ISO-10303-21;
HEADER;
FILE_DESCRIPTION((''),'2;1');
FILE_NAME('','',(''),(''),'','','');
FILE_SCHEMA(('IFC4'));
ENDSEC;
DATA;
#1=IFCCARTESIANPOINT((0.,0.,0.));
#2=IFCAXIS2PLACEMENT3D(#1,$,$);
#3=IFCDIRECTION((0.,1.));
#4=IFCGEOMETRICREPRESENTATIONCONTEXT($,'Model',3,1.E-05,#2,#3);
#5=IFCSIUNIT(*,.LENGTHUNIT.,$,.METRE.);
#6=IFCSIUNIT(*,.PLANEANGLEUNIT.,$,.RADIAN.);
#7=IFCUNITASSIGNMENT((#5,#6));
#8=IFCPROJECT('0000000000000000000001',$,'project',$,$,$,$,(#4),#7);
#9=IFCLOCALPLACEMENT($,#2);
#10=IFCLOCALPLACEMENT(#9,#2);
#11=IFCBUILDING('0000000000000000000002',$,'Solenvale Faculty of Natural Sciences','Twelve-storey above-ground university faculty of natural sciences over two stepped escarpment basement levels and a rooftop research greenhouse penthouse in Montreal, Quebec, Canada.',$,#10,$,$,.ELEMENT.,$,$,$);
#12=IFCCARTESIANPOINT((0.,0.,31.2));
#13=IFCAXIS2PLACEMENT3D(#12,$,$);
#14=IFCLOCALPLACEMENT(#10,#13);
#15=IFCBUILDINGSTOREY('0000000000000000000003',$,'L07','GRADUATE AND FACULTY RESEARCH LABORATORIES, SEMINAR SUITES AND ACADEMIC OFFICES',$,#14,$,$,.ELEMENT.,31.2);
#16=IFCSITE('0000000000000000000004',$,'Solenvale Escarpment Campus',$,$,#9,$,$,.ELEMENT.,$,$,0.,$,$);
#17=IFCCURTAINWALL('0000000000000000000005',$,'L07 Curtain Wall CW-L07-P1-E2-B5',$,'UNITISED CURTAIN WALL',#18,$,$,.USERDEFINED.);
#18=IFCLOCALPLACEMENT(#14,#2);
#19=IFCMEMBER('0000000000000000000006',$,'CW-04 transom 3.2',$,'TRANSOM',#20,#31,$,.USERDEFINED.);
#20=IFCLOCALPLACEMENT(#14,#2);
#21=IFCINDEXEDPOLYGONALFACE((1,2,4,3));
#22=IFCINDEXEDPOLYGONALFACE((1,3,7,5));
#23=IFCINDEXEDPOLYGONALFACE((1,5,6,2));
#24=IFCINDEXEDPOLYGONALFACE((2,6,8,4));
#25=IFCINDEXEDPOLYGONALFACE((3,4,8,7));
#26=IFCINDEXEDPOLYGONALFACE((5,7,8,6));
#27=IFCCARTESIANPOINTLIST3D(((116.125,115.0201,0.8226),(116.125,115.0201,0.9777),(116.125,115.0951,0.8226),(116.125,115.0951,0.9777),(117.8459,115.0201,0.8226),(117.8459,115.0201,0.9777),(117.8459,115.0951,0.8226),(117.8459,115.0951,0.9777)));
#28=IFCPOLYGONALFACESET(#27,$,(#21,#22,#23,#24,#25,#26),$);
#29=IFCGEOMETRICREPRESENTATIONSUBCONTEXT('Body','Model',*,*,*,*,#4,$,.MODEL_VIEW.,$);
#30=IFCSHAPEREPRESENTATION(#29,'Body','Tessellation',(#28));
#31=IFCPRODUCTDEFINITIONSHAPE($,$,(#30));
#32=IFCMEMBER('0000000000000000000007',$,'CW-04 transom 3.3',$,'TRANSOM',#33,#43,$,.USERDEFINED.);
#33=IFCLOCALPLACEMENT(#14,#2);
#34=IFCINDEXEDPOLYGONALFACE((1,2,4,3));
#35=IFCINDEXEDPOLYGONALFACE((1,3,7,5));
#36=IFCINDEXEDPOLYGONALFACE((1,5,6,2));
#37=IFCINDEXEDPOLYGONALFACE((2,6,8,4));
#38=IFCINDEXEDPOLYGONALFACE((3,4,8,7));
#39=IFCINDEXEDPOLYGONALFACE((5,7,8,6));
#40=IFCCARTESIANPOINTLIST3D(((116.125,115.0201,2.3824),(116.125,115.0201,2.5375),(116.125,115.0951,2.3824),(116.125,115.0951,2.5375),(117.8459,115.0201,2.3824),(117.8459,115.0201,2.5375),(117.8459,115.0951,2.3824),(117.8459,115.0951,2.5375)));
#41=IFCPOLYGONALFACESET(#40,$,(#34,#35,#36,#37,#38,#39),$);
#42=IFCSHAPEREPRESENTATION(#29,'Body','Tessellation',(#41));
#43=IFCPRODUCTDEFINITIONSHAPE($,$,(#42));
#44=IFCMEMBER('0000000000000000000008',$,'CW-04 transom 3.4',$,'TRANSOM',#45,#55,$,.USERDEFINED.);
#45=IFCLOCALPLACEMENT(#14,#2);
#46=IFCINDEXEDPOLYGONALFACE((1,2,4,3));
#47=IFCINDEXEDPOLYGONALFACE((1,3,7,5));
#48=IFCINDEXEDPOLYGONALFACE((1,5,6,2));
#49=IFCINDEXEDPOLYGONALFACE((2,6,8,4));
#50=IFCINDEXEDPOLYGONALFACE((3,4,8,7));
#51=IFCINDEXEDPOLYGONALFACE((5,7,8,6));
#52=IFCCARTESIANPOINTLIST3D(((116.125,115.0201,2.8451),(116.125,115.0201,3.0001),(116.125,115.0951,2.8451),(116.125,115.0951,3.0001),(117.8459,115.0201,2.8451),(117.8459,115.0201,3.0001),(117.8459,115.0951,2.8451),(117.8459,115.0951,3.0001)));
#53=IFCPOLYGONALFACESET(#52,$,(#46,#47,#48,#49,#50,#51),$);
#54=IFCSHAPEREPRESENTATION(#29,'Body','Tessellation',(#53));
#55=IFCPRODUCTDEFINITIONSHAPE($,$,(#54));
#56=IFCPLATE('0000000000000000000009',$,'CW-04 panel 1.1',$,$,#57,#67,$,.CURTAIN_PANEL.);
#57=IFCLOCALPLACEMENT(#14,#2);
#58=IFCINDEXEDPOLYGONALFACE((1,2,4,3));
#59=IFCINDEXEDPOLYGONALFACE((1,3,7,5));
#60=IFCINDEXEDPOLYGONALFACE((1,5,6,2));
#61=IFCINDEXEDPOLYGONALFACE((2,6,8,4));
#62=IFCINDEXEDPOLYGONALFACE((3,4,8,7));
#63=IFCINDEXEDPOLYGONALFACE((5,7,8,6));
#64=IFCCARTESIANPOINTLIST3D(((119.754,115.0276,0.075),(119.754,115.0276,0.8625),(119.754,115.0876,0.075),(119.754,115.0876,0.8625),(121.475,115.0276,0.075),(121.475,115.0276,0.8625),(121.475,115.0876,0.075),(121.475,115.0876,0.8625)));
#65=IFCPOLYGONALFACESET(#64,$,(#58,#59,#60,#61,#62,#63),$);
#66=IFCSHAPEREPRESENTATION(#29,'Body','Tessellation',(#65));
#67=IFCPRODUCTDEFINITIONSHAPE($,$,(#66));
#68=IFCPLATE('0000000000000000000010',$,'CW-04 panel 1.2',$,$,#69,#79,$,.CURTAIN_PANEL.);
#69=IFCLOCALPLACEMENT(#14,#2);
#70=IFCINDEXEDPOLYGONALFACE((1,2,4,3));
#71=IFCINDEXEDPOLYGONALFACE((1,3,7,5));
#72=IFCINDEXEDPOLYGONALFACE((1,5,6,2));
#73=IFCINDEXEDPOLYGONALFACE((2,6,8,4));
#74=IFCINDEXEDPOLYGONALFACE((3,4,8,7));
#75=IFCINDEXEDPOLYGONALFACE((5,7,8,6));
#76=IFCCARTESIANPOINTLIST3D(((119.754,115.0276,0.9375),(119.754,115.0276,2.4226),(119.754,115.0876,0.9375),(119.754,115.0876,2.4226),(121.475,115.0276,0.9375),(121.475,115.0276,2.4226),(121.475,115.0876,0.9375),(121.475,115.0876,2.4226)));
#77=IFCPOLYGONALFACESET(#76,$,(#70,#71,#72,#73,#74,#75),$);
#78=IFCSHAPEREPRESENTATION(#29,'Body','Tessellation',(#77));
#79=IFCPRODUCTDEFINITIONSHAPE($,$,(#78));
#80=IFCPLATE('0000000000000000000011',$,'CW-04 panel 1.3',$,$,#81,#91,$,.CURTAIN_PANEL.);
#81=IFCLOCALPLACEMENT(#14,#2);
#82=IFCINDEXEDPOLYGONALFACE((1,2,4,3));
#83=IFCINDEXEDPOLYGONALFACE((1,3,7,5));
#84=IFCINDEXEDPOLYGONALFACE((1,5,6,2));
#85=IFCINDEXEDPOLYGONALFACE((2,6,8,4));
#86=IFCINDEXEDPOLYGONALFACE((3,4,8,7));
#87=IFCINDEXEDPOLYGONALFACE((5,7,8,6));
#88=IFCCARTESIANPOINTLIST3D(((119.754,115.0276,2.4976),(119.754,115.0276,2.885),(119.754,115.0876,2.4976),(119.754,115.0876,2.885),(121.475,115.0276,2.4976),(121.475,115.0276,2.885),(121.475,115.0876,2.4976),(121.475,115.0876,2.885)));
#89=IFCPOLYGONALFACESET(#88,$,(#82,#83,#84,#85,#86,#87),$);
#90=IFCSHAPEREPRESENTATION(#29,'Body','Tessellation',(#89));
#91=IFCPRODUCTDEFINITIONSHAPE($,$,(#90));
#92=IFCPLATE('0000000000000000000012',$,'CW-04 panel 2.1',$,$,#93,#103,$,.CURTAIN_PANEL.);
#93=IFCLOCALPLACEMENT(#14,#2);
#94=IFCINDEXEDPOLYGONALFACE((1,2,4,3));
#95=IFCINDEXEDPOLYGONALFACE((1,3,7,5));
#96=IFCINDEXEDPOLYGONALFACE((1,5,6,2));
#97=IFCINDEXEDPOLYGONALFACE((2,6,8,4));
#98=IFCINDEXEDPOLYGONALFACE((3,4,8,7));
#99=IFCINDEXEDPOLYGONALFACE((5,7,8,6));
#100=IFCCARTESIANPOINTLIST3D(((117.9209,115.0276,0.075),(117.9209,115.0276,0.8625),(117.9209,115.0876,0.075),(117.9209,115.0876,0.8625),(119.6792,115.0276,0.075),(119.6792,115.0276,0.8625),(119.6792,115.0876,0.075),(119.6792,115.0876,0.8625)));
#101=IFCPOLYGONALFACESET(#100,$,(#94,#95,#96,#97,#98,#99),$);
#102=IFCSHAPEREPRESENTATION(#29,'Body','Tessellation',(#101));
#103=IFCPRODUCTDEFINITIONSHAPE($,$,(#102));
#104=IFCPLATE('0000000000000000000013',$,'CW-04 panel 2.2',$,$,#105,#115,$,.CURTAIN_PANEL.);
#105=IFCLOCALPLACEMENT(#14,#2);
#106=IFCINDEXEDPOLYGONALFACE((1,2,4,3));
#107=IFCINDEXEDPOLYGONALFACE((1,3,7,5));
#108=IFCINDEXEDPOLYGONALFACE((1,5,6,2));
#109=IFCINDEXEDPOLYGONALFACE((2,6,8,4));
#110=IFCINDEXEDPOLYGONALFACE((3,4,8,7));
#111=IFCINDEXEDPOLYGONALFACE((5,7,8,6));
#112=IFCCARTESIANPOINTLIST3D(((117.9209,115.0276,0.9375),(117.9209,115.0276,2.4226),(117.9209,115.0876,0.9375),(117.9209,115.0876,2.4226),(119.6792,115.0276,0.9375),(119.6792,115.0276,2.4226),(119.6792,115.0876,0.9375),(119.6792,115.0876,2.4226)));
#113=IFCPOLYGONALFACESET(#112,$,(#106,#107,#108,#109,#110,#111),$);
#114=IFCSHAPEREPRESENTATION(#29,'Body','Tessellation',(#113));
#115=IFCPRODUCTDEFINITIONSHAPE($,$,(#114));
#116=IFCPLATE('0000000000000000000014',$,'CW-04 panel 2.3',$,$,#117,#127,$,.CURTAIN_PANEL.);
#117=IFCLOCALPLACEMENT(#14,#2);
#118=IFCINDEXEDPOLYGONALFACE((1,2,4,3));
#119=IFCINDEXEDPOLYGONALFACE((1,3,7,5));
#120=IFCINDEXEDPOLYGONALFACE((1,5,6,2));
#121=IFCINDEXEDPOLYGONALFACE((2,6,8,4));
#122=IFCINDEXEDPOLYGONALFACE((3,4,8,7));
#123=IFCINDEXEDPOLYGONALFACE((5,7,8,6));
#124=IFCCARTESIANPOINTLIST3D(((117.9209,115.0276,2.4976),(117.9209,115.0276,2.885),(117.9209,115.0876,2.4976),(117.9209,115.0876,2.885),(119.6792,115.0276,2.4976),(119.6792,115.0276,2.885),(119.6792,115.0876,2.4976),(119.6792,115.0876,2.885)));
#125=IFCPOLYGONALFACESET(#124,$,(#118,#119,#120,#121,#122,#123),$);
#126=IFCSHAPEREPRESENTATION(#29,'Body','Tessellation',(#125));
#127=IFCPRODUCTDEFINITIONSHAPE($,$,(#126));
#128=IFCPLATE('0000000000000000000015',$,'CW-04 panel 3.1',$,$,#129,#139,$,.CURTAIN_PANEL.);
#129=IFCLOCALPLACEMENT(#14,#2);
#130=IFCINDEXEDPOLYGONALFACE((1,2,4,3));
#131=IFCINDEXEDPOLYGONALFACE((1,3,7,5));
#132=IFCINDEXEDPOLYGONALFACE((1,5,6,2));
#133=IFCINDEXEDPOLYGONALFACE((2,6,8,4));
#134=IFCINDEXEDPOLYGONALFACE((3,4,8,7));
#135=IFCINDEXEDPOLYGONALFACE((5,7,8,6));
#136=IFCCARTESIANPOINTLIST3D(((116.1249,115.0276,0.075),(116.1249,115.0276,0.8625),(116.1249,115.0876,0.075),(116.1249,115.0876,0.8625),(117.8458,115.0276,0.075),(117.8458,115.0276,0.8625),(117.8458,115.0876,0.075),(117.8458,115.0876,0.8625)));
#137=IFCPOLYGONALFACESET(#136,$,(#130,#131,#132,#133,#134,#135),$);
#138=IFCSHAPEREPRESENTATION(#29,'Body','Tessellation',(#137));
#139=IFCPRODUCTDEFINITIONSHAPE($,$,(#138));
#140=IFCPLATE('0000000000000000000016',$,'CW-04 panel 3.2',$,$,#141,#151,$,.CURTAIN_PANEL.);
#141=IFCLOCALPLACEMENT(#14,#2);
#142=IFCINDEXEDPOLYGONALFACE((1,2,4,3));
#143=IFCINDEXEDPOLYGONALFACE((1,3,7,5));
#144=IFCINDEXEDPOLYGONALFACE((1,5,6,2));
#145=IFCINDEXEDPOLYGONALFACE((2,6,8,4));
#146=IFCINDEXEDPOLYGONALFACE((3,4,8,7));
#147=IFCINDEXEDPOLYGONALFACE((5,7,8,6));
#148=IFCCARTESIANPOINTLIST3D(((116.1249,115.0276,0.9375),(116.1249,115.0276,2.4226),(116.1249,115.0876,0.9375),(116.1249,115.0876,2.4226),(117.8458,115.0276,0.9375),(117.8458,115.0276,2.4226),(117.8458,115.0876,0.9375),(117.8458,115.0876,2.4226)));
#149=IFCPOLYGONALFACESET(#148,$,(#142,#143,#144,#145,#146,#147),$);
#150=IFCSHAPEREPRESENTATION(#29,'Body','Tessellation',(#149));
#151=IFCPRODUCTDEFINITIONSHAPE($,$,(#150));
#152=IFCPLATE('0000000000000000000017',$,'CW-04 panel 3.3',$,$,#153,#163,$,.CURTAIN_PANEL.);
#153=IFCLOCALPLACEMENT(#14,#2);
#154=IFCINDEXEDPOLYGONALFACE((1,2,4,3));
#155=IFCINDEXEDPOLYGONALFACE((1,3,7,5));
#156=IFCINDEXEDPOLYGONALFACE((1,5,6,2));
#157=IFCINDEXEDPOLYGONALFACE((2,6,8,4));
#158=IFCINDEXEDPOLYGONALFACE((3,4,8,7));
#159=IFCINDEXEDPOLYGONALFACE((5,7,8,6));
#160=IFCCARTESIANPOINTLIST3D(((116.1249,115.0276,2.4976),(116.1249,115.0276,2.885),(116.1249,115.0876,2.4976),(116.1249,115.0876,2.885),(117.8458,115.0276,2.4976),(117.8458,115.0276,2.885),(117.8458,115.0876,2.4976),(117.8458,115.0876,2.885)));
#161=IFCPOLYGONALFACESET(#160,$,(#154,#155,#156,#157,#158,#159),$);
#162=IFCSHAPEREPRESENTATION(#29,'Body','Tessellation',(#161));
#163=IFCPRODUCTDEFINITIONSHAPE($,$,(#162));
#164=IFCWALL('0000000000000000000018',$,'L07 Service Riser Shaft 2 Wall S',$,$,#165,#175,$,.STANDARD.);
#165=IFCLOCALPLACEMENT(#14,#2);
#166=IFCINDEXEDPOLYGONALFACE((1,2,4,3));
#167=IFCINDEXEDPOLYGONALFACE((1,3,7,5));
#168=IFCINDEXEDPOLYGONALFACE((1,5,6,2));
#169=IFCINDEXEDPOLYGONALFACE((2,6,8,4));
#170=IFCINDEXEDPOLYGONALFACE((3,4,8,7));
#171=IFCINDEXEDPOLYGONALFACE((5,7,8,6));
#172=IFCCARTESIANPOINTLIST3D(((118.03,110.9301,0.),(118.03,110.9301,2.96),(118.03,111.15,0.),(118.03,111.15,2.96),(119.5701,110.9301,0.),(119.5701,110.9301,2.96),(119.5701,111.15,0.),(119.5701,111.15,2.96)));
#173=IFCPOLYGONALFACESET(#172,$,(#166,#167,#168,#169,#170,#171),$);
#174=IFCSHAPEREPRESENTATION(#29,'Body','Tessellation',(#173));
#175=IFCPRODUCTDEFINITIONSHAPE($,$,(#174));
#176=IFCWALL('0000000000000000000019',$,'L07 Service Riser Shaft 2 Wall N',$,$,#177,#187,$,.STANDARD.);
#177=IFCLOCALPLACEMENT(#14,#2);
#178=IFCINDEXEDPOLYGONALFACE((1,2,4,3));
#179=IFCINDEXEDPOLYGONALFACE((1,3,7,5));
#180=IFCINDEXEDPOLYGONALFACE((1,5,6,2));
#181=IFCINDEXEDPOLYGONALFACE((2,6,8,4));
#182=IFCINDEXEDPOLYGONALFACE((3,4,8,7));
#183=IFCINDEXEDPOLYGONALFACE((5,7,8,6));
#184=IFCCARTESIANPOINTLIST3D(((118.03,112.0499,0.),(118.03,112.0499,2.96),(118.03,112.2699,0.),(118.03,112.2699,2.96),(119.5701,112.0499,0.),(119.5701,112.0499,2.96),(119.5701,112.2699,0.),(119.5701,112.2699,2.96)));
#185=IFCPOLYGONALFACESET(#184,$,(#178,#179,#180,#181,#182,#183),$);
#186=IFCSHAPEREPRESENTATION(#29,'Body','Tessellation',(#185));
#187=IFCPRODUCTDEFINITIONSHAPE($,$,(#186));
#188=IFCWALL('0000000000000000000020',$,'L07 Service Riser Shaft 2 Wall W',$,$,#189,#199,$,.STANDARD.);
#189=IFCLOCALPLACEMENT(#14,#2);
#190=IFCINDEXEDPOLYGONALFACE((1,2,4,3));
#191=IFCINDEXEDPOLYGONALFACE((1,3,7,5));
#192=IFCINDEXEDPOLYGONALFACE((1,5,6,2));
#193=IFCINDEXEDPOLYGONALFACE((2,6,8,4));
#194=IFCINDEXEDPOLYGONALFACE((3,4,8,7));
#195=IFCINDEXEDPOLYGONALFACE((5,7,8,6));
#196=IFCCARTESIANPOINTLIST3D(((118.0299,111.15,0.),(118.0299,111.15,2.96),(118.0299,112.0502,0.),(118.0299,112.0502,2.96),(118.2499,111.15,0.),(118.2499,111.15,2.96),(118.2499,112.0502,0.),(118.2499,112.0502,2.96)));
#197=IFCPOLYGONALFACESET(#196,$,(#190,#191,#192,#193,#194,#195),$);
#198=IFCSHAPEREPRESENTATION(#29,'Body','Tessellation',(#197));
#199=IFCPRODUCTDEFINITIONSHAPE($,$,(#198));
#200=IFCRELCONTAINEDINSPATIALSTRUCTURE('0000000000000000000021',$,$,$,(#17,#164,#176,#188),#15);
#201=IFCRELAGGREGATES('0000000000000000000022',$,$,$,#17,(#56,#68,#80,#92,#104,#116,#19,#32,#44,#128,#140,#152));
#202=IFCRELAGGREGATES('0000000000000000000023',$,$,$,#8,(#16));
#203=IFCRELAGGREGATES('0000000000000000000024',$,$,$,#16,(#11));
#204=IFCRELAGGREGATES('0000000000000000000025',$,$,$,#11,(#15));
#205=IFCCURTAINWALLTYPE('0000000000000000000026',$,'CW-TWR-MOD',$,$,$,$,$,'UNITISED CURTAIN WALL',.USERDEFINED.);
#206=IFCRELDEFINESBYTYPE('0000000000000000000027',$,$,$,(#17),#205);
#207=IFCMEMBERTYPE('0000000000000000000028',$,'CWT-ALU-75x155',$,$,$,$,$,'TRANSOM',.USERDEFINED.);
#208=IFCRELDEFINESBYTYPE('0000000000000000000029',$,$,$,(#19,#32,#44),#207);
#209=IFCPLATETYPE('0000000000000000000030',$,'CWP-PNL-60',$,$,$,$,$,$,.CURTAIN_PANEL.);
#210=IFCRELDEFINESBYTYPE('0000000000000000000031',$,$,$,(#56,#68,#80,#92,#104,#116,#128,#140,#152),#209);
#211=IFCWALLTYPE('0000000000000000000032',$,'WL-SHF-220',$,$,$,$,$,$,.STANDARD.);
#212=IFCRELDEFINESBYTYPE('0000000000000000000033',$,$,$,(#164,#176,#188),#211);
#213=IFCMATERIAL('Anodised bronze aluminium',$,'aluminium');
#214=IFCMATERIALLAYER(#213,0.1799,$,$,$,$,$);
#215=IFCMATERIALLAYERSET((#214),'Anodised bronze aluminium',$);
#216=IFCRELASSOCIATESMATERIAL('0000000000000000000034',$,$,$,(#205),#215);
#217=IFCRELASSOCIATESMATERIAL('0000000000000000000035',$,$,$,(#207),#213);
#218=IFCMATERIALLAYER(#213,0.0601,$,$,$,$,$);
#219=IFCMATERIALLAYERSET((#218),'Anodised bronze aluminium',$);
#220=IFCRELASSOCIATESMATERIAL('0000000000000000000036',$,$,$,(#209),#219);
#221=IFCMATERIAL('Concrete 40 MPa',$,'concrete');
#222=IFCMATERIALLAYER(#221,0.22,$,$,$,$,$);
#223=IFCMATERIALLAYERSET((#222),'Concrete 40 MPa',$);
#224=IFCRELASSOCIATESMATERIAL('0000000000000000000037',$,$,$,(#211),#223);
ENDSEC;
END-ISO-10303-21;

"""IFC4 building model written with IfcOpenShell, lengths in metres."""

from ifc_helpers import new_model, si_unit, direction, frame, frame_2d, origin, origin_2d, place, context, subcontext, project, spatial, rectangle, extrude, material, layer, layer_set, material_profile, profile_set, type_object, element, aggregate, save


model = new_model("IFC4")

# Units and contexts
model_context = context("Model", 3, precision=1e-05, world=origin(), true_north=direction((0.0, 1.0)))
body_context = subcontext(model_context, "Body", "Model", "MODEL_VIEW")
ifc_project = project(units=[si_unit("LENGTHUNIT", "METRE"), si_unit("PLANEANGLEUNIT", "RADIAN")], contexts=[model_context])

# Site, building, storey
site_placement = place(None, origin())
site = spatial("IfcSite", under=ifc_project, at=site_placement, Name="Solenvale Escarpment Campus", CompositionType="ELEMENT", RefElevation=0.0)
building_placement = place(site_placement, origin())
building = spatial("IfcBuilding", under=site, at=building_placement, Name="Solenvale Faculty of Natural Sciences", Description="Twelve-storey above-ground university faculty of natural sciences over two stepped escarpment basement levels and a rooftop research greenhouse penthouse in Montreal, Quebec, Canada.", CompositionType="ELEMENT")
storey_placement = place(building_placement, frame((0.0, 0.0, 31.2)))
storey = spatial("IfcBuildingStorey", under=building, at=storey_placement, Name="L07", Description="GRADUATE AND FACULTY RESEARCH LABORATORIES, SEMINAR SUITES AND ACADEMIC OFFICES", CompositionType="ELEMENT", Elevation=31.2)

# Shared definitions
ifc_material_1 = material(Name="Concrete 40 MPa", Category="concrete")

# Curtain wall, members, plates
ifc_material_2 = material(Name="Anodised bronze aluminium", Category="aluminium")
ifc_layer_1 = layer(ifc_material_2, 0.1799)
ifc_layer_set_1 = layer_set([ifc_layer_1], Name="Anodised bronze aluminium")
curtain_wall_type = type_object("IfcCurtainWallType", Name="CW-TWR-MOD", ElementType="UNITISED CURTAIN WALL", PredefinedType="USERDEFINED", material=ifc_layer_set_1)
curtain_wall_placement = place(storey_placement, origin())
curtain_wall = element("IfcCurtainWall", 1, at=curtain_wall_placement, inside=storey, type_object=curtain_wall_type, Name="L07 Curtain Wall CW-L07-P1-E2-B5", ObjectType="UNITISED CURTAIN WALL", PredefinedType="USERDEFINED")
ifc_material_profile_1 = material_profile(ifc_material_2, rectangle(XDim=0.075, YDim=0.155, at=origin_2d()), Name="ALU-TRN-75x155")
ifc_profile_set_1 = profile_set([ifc_material_profile_1], Name="Anodised bronze aluminium")
member_type_1 = type_object("IfcMemberType", Name="CWT-ALU-75x155", ElementType="TRANSOM", PredefinedType="USERDEFINED", material=ifc_profile_set_1)
member_1_placement = place(storey_placement, frame((117.8459, 115.0576, 0.9001), z_axis=(-1.0, 0.0, 0.0), x_axis=(0.0, -1.0, 0.0)))
member_1 = element("IfcMember", 2, at=member_1_placement, type_object=member_type_1, Name="CW-04 transom 3.2", ObjectType="TRANSOM", PredefinedType="USERDEFINED", context=body_context, shape_type="SweptSolid", body=[
    extrude(rectangle(XDim=0.075, YDim=0.155, at=origin_2d()), origin(), (0.0, 0.0, 1.0), 1.7209),
])
member_2_placement = place(storey_placement, frame((117.8459, 115.0576, 2.46), z_axis=(-1.0, 0.0, 0.0), x_axis=(0.0, -1.0, 0.0)))
member_2 = element("IfcMember", 3, at=member_2_placement, type_object=member_type_1, Name="CW-04 transom 3.3", ObjectType="TRANSOM", PredefinedType="USERDEFINED", context=body_context, shape_type="SweptSolid", body=[
    extrude(rectangle(XDim=0.075, YDim=0.155, at=origin_2d()), origin(), (0.0, 0.0, 1.0), 1.7209),
])
member_3_placement = place(storey_placement, frame((117.8459, 115.0576, 2.9226), z_axis=(-1.0, 0.0, 0.0), x_axis=(0.0, -1.0, 0.0)))
member_3 = element("IfcMember", 4, at=member_3_placement, type_object=member_type_1, Name="CW-04 transom 3.4", ObjectType="TRANSOM", PredefinedType="USERDEFINED", context=body_context, shape_type="SweptSolid", body=[
    extrude(rectangle(XDim=0.075, YDim=0.155, at=origin_2d()), origin(), (0.0, 0.0, 1.0), 1.7209),
])
ifc_layer_2 = layer(ifc_material_2, 0.0601)
ifc_layer_set_2 = layer_set([ifc_layer_2], Name="Anodised bronze aluminium")
plate_type = type_object("IfcPlateType", Name="CWP-PNL-60", PredefinedType="CURTAIN_PANEL", material=ifc_layer_set_2)
plate_1_placement = place(storey_placement, frame((120.6145, 115.0576, 0.075), z_axis=(0.0, 0.0, 1.0), x_axis=(-1.0, 0.0, 0.0)))
plate_1 = element("IfcPlate", 5, at=plate_1_placement, type_object=plate_type, Name="CW-04 panel 1.1", PredefinedType="CURTAIN_PANEL", context=body_context, shape_type="SweptSolid", body=[
    extrude(rectangle(XDim=1.7209, YDim=0.0601, at=origin_2d()), origin(), (0.0, 0.0, 1.0), 0.7876),
])
plate_2_placement = place(storey_placement, frame((120.6145, 115.0576, 0.9375), z_axis=(0.0, 0.0, 1.0), x_axis=(-1.0, 0.0, 0.0)))
plate_2 = element("IfcPlate", 6, at=plate_2_placement, type_object=plate_type, Name="CW-04 panel 1.2", PredefinedType="CURTAIN_PANEL", context=body_context, shape_type="SweptSolid", body=[
    extrude(rectangle(XDim=1.7209, YDim=0.0601, at=origin_2d()), origin(), (0.0, 0.0, 1.0), 1.4851),
])
plate_3_placement = place(storey_placement, frame((120.6145, 115.0576, 2.4976), z_axis=(0.0, 0.0, 1.0), x_axis=(-1.0, 0.0, 0.0)))
plate_3 = element("IfcPlate", 7, at=plate_3_placement, type_object=plate_type, Name="CW-04 panel 1.3", PredefinedType="CURTAIN_PANEL", context=body_context, shape_type="SweptSolid", body=[
    extrude(rectangle(XDim=1.7209, YDim=0.0601, at=origin_2d()), origin(), (0.0, 0.0, 1.0), 0.3875),
])
plate_4_placement = place(storey_placement, frame((118.8, 115.0576, 0.075), z_axis=(0.0, 0.0, 1.0), x_axis=(-1.0, 0.0, 0.0)))
plate_4 = element("IfcPlate", 8, at=plate_4_placement, type_object=plate_type, Name="CW-04 panel 2.1", PredefinedType="CURTAIN_PANEL", context=body_context, shape_type="SweptSolid", body=[
    extrude(rectangle(XDim=1.7583, YDim=0.0601, at=origin_2d()), origin(), (0.0, 0.0, 1.0), 0.7876),
])
plate_5_placement = place(storey_placement, frame((118.8, 115.0576, 0.9375), z_axis=(0.0, 0.0, 1.0), x_axis=(-1.0, 0.0, 0.0)))
plate_5 = element("IfcPlate", 9, at=plate_5_placement, type_object=plate_type, Name="CW-04 panel 2.2", PredefinedType="CURTAIN_PANEL", context=body_context, shape_type="SweptSolid", body=[
    extrude(rectangle(XDim=1.7583, YDim=0.0601, at=origin_2d()), origin(), (0.0, 0.0, 1.0), 1.4851),
])
plate_6_placement = place(storey_placement, frame((118.8, 115.0576, 2.4976), z_axis=(0.0, 0.0, 1.0), x_axis=(-1.0, 0.0, 0.0)))
plate_6 = element("IfcPlate", 10, at=plate_6_placement, type_object=plate_type, Name="CW-04 panel 2.3", PredefinedType="CURTAIN_PANEL", context=body_context, shape_type="SweptSolid", body=[
    extrude(rectangle(XDim=1.7583, YDim=0.0601, at=origin_2d()), origin(), (0.0, 0.0, 1.0), 0.3875),
])
plate_7_placement = place(storey_placement, frame((116.9854, 115.0576, 0.075), z_axis=(0.0, 0.0, 1.0), x_axis=(-1.0, 0.0, 0.0)))
plate_7 = element("IfcPlate", 11, at=plate_7_placement, type_object=plate_type, Name="CW-04 panel 3.1", PredefinedType="CURTAIN_PANEL", context=body_context, shape_type="SweptSolid", body=[
    extrude(rectangle(XDim=1.7209, YDim=0.0601, at=origin_2d()), origin(), (0.0, 0.0, 1.0), 0.7876),
])
plate_8_placement = place(storey_placement, frame((116.9854, 115.0576, 0.9375), z_axis=(0.0, 0.0, 1.0), x_axis=(-1.0, 0.0, 0.0)))
plate_8 = element("IfcPlate", 12, at=plate_8_placement, type_object=plate_type, Name="CW-04 panel 3.2", PredefinedType="CURTAIN_PANEL", context=body_context, shape_type="SweptSolid", body=[
    extrude(rectangle(XDim=1.7209, YDim=0.0601, at=origin_2d()), origin(), (0.0, 0.0, 1.0), 1.4851),
])
plate_9_placement = place(storey_placement, frame((116.9854, 115.0576, 2.4976), z_axis=(0.0, 0.0, 1.0), x_axis=(-1.0, 0.0, 0.0)))
plate_9 = element("IfcPlate", 13, at=plate_9_placement, type_object=plate_type, Name="CW-04 panel 3.3", PredefinedType="CURTAIN_PANEL", context=body_context, shape_type="SweptSolid", body=[
    extrude(rectangle(XDim=1.7209, YDim=0.0601, at=origin_2d()), origin(), (0.0, 0.0, 1.0), 0.3875),
])
aggregate(curtain_wall, [plate_1, plate_2, plate_3, plate_4, plate_5, plate_6, member_1, member_2, member_3, plate_7, plate_8, plate_9])

# Walls
ifc_layer_3 = layer(ifc_material_1, 0.22)
ifc_layer_set_3 = layer_set([ifc_layer_3], Name="Concrete 40 MPa")
wall_type = type_object("IfcWallType", Name="WL-SHF-220", PredefinedType="STANDARD", material=ifc_layer_set_3)
for number, where, z_axis, x_axis, name in (
    (14, (118.03, 111.04, 0.0), (0.0, 0.0, 1.0), (1.0, 0.0, 0.0), "L07 Service Riser Shaft 2 Wall S"),
    (15, (118.03, 112.1599, 0.0), (0.0, 0.0, 1.0), (1.0, 0.0, 0.0), "L07 Service Riser Shaft 2 Wall N"),
):
    element("IfcWall", number, at=place(storey_placement, frame(where, z_axis=z_axis, x_axis=x_axis)), inside=storey, type_object=wall_type, Name=name, PredefinedType="STANDARD", context=body_context, shape_type="SweptSolid", body=[
        extrude(rectangle(XDim=1.54, YDim=0.22, at=frame_2d((0.77, 0.0))), origin(), (0.0, 0.0, 1.0), 2.96),
    ])
for number, where, z_axis, x_axis, name in (
    (16, (118.1399, 111.1499, 0.0), (0.0, 0.0, 1.0), (0.0, 1.0, 0.0), "L07 Service Riser Shaft 2 Wall W"),
):
    element("IfcWall", number, at=place(storey_placement, frame(where, z_axis=z_axis, x_axis=x_axis)), inside=storey, type_object=wall_type, Name=name, PredefinedType="STANDARD", context=body_context, shape_type="SweptSolid", body=[
        extrude(rectangle(XDim=0.9001, YDim=0.22, at=frame_2d((0.4502, 0.0))), origin(), (0.0, 0.0, 1.0), 2.96),
    ])

save(model, "model.ifc")
